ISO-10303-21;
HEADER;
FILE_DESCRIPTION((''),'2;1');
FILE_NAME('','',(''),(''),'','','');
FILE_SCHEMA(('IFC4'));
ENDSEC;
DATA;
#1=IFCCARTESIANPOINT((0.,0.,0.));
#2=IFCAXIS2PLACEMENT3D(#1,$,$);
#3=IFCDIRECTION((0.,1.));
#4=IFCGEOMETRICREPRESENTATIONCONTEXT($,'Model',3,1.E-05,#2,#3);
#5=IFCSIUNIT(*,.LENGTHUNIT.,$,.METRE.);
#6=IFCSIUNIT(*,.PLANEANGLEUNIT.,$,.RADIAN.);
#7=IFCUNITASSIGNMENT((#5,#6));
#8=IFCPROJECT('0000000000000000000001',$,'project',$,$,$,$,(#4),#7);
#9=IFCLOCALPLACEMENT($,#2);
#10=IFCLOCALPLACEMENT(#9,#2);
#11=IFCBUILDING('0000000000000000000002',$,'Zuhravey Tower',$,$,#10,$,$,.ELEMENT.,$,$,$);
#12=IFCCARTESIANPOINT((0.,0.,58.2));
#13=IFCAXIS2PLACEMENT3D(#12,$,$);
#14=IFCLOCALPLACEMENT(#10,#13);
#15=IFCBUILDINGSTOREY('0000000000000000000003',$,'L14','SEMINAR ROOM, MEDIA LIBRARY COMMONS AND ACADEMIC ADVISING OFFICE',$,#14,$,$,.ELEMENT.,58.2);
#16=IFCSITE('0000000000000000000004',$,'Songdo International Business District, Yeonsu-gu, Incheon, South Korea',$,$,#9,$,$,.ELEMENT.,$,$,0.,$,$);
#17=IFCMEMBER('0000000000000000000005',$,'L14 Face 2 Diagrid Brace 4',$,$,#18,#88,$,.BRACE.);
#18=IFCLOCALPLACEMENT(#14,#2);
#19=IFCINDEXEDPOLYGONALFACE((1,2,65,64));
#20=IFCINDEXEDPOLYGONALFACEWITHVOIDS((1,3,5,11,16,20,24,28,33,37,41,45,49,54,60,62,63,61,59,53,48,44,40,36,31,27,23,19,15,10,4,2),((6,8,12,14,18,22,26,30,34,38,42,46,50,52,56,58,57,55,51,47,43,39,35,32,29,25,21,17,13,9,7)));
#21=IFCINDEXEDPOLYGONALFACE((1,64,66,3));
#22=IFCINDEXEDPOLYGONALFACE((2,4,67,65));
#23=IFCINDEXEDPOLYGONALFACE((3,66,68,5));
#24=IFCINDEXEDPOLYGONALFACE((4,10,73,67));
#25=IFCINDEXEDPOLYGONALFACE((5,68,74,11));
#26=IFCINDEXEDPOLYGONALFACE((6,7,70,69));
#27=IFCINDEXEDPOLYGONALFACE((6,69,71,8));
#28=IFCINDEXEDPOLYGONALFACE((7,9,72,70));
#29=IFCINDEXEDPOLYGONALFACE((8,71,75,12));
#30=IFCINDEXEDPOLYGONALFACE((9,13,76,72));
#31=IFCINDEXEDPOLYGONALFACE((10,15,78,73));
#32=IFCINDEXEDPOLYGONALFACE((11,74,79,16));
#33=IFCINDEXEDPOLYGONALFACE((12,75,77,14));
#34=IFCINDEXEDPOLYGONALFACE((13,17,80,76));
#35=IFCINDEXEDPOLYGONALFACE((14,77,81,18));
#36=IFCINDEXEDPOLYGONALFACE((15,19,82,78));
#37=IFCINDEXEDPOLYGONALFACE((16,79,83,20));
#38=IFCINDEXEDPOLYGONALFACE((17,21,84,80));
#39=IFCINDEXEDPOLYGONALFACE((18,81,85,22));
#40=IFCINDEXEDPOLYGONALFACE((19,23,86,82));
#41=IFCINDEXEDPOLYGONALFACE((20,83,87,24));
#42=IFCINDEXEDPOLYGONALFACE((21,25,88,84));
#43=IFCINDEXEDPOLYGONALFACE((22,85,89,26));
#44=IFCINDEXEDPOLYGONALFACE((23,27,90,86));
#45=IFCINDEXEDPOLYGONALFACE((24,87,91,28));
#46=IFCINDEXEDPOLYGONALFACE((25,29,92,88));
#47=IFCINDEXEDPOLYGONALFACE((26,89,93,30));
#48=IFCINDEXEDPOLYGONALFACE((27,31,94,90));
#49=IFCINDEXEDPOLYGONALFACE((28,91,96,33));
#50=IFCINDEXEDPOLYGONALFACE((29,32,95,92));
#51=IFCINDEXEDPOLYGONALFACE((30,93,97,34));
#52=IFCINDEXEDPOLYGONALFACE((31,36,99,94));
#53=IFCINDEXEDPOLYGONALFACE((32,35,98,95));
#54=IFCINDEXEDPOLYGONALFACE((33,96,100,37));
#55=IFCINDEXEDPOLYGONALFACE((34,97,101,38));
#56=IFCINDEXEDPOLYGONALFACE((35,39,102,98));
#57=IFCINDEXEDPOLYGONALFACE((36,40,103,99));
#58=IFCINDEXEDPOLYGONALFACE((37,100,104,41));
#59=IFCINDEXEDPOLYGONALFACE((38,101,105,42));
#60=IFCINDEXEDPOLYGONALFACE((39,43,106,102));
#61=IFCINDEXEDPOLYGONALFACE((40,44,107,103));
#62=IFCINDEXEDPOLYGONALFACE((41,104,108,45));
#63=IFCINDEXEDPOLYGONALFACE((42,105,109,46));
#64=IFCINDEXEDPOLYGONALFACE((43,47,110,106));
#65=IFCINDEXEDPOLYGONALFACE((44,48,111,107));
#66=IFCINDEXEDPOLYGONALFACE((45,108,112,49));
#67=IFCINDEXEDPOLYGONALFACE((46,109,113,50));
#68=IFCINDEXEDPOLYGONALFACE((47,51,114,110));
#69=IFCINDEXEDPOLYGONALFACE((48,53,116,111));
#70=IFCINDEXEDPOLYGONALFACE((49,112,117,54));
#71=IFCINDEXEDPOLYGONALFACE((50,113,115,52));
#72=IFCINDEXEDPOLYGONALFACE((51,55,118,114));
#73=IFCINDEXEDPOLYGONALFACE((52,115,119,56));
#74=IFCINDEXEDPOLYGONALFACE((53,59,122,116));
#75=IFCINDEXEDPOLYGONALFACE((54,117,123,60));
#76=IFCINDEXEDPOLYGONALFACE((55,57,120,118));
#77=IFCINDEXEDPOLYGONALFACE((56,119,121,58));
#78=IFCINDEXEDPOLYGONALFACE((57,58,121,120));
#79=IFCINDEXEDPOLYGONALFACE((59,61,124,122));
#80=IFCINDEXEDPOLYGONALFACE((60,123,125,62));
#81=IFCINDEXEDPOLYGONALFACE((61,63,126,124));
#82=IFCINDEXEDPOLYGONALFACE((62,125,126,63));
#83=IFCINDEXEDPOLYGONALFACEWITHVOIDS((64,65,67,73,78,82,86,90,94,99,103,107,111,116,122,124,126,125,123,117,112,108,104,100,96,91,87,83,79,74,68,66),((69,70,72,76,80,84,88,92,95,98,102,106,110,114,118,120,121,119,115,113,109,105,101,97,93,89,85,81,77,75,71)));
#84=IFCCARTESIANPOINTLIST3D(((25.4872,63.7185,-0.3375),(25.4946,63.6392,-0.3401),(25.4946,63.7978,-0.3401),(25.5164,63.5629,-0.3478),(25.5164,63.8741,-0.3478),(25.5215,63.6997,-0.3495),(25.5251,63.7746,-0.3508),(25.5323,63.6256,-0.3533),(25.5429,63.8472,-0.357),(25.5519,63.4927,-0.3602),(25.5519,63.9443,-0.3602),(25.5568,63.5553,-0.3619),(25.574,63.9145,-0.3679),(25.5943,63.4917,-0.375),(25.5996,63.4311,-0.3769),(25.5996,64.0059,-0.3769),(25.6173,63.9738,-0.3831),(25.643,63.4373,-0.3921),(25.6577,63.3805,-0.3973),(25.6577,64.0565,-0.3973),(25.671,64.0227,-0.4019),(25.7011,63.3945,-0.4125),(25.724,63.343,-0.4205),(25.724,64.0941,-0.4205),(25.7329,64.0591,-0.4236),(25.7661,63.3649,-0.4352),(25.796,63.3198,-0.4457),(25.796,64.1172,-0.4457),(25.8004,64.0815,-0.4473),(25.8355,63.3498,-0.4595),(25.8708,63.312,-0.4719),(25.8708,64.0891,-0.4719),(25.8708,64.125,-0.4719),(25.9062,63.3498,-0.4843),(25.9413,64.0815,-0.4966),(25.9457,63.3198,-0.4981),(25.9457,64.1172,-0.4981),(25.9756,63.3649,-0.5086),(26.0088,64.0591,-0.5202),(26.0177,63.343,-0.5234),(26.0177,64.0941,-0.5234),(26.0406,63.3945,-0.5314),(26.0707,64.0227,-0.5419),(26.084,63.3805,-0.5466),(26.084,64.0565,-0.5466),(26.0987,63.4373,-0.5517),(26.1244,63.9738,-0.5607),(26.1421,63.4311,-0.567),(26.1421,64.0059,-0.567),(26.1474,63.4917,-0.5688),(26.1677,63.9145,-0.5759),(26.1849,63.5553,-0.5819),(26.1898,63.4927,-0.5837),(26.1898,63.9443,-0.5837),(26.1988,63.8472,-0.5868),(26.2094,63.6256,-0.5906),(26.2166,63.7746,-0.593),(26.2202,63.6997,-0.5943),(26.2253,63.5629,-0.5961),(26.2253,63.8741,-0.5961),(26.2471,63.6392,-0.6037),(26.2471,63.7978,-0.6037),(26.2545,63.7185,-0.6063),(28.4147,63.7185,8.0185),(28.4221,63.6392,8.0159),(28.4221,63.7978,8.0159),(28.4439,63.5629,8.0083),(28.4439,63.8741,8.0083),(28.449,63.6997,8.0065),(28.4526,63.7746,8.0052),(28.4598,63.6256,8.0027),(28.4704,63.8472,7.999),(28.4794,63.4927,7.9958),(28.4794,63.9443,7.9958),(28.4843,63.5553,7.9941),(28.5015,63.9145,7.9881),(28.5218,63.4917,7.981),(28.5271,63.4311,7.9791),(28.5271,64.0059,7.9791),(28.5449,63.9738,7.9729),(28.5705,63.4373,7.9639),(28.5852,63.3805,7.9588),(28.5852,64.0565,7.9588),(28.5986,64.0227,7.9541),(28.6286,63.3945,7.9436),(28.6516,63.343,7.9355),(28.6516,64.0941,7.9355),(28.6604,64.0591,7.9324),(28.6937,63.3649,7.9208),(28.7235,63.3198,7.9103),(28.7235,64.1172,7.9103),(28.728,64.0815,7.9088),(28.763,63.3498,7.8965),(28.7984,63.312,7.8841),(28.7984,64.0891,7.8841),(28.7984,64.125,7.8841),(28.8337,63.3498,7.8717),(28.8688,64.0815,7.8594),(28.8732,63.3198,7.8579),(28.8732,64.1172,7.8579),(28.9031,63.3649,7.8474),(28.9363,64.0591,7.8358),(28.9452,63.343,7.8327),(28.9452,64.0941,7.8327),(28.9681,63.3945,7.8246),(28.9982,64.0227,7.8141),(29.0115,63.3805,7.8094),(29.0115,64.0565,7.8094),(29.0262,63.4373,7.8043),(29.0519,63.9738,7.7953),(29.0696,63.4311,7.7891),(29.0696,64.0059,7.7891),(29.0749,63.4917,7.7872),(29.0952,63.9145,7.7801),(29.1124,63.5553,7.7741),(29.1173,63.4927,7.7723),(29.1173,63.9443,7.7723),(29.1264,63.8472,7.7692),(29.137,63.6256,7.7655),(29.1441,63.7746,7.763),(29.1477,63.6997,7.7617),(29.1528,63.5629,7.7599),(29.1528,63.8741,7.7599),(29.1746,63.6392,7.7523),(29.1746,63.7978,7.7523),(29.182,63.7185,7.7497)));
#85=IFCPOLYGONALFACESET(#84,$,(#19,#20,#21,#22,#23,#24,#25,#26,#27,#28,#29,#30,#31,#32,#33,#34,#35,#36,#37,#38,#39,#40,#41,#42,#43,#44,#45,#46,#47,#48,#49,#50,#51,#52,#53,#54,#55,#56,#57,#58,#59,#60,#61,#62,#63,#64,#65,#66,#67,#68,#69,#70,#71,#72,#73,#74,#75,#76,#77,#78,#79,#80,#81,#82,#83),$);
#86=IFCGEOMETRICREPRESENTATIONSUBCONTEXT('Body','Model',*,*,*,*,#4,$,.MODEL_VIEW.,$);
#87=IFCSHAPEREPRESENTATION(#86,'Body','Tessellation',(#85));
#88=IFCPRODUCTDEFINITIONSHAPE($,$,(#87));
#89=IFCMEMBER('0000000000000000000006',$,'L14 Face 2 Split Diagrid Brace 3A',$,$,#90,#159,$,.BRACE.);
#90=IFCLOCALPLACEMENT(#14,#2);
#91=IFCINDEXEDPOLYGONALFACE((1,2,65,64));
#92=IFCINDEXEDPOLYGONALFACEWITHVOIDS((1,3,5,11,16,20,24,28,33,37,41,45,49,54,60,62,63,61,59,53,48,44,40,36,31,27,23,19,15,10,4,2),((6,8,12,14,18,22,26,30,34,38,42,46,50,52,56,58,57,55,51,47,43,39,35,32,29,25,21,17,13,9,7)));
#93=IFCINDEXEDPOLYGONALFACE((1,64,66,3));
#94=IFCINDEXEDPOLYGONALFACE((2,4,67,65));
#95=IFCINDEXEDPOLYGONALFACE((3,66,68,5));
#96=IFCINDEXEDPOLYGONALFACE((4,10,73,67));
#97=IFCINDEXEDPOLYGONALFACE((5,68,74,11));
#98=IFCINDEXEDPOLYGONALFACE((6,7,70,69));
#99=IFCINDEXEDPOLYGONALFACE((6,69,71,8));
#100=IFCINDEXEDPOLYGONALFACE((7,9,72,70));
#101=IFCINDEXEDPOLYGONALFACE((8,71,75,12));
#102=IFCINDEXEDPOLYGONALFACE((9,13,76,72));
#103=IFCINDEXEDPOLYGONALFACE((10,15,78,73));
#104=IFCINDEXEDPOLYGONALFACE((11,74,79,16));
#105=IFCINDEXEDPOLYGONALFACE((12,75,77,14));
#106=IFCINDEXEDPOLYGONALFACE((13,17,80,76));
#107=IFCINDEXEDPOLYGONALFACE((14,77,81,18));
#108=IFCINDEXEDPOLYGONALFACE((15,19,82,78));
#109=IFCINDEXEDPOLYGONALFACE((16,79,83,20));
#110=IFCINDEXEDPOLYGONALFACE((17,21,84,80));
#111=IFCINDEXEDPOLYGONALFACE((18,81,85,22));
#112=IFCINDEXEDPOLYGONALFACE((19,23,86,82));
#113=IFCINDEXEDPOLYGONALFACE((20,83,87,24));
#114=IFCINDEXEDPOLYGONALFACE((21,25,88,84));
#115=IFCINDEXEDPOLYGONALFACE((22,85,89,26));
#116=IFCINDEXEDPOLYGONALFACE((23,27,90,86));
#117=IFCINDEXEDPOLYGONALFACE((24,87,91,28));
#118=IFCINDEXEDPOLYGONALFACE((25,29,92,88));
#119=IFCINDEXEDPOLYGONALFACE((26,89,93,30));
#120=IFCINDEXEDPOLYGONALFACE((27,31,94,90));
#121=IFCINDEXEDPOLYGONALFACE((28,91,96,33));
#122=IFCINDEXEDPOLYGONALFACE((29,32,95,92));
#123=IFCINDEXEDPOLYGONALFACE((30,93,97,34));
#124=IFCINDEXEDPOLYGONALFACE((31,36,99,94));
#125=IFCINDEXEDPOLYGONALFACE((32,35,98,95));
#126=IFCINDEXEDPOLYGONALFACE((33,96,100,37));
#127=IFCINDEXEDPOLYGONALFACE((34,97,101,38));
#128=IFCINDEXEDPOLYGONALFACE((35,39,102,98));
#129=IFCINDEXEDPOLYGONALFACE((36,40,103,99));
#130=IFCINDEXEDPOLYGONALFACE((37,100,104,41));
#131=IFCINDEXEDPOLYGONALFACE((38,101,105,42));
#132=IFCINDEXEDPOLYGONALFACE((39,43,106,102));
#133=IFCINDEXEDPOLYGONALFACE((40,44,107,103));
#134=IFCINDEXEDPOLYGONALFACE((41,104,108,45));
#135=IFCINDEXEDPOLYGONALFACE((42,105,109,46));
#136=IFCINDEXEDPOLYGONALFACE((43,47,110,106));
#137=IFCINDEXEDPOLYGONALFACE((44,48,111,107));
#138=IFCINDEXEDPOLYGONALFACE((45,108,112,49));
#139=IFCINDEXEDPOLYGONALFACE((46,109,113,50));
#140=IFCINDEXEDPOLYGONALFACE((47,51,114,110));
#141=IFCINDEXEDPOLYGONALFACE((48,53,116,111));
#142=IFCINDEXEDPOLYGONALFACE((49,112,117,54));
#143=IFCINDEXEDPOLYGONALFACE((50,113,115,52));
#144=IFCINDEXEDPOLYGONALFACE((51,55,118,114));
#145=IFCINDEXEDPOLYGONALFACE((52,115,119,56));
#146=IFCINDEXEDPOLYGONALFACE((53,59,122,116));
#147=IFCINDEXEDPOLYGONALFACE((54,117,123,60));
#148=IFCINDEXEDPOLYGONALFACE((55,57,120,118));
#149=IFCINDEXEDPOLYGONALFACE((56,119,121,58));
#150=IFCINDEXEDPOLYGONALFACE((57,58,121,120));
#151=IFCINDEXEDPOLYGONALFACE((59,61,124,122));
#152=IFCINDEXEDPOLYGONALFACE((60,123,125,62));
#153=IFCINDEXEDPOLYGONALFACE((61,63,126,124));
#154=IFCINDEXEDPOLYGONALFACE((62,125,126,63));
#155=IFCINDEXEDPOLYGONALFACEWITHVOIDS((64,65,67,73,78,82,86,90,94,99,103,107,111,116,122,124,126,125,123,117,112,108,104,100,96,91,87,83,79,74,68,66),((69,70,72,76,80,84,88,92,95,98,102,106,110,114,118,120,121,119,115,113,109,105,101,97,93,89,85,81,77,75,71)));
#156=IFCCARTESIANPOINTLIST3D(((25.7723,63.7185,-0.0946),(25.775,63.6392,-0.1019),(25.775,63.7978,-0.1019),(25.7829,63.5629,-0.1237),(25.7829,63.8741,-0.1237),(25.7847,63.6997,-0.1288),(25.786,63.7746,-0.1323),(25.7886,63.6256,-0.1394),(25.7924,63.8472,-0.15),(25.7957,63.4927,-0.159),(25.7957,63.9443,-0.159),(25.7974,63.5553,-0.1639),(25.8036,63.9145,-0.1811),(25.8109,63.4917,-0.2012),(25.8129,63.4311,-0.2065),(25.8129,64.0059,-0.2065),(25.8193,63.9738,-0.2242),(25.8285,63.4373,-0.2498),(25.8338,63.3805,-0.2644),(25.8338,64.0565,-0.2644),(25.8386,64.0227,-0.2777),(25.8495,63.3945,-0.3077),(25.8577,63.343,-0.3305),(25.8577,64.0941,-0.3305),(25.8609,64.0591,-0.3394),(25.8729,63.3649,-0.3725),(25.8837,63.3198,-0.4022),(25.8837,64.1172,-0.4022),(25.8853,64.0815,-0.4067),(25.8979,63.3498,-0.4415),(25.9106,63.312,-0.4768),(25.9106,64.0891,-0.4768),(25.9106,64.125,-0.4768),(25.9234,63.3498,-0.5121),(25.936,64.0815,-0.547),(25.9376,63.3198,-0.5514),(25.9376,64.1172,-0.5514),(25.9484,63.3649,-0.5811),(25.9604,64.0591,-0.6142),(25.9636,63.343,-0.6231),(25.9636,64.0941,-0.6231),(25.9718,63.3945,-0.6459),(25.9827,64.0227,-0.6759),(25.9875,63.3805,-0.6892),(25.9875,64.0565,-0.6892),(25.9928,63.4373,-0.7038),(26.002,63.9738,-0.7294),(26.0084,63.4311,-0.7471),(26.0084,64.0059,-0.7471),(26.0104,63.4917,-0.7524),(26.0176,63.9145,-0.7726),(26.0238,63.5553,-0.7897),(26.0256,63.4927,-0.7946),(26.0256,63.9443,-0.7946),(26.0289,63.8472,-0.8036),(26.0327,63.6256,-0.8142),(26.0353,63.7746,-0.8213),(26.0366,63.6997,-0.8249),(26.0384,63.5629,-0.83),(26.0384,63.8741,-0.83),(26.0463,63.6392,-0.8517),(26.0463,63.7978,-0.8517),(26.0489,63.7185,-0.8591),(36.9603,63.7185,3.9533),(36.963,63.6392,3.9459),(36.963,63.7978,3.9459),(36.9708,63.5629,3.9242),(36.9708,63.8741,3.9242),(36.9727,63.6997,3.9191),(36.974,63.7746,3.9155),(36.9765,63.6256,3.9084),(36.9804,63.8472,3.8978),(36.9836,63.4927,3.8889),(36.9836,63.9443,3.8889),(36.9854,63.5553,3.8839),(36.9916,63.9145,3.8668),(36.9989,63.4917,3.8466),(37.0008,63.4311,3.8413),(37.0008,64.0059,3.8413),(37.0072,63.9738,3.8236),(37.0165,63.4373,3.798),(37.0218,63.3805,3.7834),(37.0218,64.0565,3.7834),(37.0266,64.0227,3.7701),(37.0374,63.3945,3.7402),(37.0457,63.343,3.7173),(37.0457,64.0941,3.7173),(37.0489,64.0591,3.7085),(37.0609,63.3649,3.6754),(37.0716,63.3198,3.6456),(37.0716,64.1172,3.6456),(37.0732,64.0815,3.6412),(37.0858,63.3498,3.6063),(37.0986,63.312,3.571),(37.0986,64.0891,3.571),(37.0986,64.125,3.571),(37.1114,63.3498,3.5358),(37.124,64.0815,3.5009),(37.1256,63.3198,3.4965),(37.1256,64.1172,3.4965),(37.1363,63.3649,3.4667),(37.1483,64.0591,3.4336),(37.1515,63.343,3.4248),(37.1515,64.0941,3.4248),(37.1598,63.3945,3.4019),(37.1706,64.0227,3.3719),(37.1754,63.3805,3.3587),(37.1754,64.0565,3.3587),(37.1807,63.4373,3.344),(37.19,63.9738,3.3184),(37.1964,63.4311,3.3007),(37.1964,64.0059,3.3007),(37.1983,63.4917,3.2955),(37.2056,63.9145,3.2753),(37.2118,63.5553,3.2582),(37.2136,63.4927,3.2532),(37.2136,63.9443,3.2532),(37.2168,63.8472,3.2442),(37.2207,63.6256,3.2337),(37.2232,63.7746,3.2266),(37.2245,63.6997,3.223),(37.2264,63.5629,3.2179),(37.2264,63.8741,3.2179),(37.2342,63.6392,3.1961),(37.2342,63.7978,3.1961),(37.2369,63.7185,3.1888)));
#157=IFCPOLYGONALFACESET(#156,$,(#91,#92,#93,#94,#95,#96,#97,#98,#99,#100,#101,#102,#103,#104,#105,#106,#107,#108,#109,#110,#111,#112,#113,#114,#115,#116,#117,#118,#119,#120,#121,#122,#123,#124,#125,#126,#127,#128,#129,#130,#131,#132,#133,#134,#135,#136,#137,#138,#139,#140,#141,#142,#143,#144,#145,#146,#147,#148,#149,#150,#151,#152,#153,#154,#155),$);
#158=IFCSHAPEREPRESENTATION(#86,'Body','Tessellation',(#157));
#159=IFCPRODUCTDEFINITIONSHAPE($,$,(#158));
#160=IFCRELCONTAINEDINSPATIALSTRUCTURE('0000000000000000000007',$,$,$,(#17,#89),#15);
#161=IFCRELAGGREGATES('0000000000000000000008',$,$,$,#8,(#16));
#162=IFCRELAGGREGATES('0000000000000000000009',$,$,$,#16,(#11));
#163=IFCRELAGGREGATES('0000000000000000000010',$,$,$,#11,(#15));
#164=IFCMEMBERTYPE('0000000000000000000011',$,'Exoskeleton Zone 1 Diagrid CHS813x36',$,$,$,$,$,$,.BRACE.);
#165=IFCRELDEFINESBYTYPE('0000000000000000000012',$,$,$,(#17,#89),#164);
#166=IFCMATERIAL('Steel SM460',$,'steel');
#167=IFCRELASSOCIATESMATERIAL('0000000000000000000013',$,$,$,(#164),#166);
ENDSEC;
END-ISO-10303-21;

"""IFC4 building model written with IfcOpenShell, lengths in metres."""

from ifc_helpers import new_model, si_unit, direction, frame, origin, origin_2d, place, context, subcontext, project, spatial, hollow_circle, extrude, material, material_profile, profile_set, type_object, element, save


model = new_model("IFC4")

# Units and contexts
model_context = context("Model", 3, precision=1e-05, world=origin(), true_north=direction((0.0, 1.0)))
body_context = subcontext(model_context, "Body", "Model", "MODEL_VIEW")
ifc_project = project(units=[si_unit("LENGTHUNIT", "METRE"), si_unit("PLANEANGLEUNIT", "RADIAN")], contexts=[model_context])

# Site, building, storey
site_placement = place(None, origin())
site = spatial("IfcSite", under=ifc_project, at=site_placement, Name="Songdo International Business District, Yeonsu-gu, Incheon, South Korea", CompositionType="ELEMENT", RefElevation=0.0)
building_placement = place(site_placement, origin())
building = spatial("IfcBuilding", under=site, at=building_placement, Name="Zuhravey Tower", CompositionType="ELEMENT")
storey_placement = place(building_placement, frame((0.0, 0.0, 58.2)))
storey = spatial("IfcBuildingStorey", under=building, at=storey_placement, Name="L14", Description="SEMINAR ROOM, MEDIA LIBRARY COMMONS AND ACADEMIC ADVISING OFFICE", CompositionType="ELEMENT", Elevation=58.2)

# Members
ifc_material_1 = material(Name="Steel SM460", Category="steel")
ifc_material_profile_1 = material_profile(ifc_material_1, hollow_circle(Radius=0.4065, WallThickness=0.0359, at=origin_2d()), Name="CHS-812.8x36")
ifc_profile_set_1 = profile_set([ifc_material_profile_1], Name="Steel SM460")
member_type_1 = type_object("IfcMemberType", Name="Exoskeleton Zone 1 Diagrid CHS813x36", PredefinedType="BRACE", material=ifc_profile_set_1)
member_1_placement = place(storey_placement, frame((25.8708, 63.7185, -0.4719), z_axis=(0.330643, 0.0, 0.943756), x_axis=(0.0, 1.0, 0.0)))
element("IfcMember", 1, at=member_1_placement, inside=storey, type_object=member_type_1, Name="L14 Face 2 Diagrid Brace 4", PredefinedType="BRACE", context=body_context, shape_type="SweptSolid", body=[
    extrude(hollow_circle(Radius=0.4065, WallThickness=0.0359, at=origin_2d()), origin(), (0.0, 0.0, 1.0), 8.854),
])
member_2_placement = place(storey_placement, frame((25.9106, 63.7185, -0.4768), z_axis=(0.940346, 0.0, 0.34022), x_axis=(0.0, 1.0, 0.0)))
element("IfcMember", 2, at=member_2_placement, inside=storey, type_object=member_type_1, Name="L14 Face 2 Split Diagrid Brace 3A", PredefinedType="BRACE", context=body_context, shape_type="SweptSolid", body=[
    extrude(hollow_circle(Radius=0.4065, WallThickness=0.0359, at=origin_2d()), origin(), (0.0, 0.0, 1.0), 11.8977),
])

save(model, "model.ifc")
